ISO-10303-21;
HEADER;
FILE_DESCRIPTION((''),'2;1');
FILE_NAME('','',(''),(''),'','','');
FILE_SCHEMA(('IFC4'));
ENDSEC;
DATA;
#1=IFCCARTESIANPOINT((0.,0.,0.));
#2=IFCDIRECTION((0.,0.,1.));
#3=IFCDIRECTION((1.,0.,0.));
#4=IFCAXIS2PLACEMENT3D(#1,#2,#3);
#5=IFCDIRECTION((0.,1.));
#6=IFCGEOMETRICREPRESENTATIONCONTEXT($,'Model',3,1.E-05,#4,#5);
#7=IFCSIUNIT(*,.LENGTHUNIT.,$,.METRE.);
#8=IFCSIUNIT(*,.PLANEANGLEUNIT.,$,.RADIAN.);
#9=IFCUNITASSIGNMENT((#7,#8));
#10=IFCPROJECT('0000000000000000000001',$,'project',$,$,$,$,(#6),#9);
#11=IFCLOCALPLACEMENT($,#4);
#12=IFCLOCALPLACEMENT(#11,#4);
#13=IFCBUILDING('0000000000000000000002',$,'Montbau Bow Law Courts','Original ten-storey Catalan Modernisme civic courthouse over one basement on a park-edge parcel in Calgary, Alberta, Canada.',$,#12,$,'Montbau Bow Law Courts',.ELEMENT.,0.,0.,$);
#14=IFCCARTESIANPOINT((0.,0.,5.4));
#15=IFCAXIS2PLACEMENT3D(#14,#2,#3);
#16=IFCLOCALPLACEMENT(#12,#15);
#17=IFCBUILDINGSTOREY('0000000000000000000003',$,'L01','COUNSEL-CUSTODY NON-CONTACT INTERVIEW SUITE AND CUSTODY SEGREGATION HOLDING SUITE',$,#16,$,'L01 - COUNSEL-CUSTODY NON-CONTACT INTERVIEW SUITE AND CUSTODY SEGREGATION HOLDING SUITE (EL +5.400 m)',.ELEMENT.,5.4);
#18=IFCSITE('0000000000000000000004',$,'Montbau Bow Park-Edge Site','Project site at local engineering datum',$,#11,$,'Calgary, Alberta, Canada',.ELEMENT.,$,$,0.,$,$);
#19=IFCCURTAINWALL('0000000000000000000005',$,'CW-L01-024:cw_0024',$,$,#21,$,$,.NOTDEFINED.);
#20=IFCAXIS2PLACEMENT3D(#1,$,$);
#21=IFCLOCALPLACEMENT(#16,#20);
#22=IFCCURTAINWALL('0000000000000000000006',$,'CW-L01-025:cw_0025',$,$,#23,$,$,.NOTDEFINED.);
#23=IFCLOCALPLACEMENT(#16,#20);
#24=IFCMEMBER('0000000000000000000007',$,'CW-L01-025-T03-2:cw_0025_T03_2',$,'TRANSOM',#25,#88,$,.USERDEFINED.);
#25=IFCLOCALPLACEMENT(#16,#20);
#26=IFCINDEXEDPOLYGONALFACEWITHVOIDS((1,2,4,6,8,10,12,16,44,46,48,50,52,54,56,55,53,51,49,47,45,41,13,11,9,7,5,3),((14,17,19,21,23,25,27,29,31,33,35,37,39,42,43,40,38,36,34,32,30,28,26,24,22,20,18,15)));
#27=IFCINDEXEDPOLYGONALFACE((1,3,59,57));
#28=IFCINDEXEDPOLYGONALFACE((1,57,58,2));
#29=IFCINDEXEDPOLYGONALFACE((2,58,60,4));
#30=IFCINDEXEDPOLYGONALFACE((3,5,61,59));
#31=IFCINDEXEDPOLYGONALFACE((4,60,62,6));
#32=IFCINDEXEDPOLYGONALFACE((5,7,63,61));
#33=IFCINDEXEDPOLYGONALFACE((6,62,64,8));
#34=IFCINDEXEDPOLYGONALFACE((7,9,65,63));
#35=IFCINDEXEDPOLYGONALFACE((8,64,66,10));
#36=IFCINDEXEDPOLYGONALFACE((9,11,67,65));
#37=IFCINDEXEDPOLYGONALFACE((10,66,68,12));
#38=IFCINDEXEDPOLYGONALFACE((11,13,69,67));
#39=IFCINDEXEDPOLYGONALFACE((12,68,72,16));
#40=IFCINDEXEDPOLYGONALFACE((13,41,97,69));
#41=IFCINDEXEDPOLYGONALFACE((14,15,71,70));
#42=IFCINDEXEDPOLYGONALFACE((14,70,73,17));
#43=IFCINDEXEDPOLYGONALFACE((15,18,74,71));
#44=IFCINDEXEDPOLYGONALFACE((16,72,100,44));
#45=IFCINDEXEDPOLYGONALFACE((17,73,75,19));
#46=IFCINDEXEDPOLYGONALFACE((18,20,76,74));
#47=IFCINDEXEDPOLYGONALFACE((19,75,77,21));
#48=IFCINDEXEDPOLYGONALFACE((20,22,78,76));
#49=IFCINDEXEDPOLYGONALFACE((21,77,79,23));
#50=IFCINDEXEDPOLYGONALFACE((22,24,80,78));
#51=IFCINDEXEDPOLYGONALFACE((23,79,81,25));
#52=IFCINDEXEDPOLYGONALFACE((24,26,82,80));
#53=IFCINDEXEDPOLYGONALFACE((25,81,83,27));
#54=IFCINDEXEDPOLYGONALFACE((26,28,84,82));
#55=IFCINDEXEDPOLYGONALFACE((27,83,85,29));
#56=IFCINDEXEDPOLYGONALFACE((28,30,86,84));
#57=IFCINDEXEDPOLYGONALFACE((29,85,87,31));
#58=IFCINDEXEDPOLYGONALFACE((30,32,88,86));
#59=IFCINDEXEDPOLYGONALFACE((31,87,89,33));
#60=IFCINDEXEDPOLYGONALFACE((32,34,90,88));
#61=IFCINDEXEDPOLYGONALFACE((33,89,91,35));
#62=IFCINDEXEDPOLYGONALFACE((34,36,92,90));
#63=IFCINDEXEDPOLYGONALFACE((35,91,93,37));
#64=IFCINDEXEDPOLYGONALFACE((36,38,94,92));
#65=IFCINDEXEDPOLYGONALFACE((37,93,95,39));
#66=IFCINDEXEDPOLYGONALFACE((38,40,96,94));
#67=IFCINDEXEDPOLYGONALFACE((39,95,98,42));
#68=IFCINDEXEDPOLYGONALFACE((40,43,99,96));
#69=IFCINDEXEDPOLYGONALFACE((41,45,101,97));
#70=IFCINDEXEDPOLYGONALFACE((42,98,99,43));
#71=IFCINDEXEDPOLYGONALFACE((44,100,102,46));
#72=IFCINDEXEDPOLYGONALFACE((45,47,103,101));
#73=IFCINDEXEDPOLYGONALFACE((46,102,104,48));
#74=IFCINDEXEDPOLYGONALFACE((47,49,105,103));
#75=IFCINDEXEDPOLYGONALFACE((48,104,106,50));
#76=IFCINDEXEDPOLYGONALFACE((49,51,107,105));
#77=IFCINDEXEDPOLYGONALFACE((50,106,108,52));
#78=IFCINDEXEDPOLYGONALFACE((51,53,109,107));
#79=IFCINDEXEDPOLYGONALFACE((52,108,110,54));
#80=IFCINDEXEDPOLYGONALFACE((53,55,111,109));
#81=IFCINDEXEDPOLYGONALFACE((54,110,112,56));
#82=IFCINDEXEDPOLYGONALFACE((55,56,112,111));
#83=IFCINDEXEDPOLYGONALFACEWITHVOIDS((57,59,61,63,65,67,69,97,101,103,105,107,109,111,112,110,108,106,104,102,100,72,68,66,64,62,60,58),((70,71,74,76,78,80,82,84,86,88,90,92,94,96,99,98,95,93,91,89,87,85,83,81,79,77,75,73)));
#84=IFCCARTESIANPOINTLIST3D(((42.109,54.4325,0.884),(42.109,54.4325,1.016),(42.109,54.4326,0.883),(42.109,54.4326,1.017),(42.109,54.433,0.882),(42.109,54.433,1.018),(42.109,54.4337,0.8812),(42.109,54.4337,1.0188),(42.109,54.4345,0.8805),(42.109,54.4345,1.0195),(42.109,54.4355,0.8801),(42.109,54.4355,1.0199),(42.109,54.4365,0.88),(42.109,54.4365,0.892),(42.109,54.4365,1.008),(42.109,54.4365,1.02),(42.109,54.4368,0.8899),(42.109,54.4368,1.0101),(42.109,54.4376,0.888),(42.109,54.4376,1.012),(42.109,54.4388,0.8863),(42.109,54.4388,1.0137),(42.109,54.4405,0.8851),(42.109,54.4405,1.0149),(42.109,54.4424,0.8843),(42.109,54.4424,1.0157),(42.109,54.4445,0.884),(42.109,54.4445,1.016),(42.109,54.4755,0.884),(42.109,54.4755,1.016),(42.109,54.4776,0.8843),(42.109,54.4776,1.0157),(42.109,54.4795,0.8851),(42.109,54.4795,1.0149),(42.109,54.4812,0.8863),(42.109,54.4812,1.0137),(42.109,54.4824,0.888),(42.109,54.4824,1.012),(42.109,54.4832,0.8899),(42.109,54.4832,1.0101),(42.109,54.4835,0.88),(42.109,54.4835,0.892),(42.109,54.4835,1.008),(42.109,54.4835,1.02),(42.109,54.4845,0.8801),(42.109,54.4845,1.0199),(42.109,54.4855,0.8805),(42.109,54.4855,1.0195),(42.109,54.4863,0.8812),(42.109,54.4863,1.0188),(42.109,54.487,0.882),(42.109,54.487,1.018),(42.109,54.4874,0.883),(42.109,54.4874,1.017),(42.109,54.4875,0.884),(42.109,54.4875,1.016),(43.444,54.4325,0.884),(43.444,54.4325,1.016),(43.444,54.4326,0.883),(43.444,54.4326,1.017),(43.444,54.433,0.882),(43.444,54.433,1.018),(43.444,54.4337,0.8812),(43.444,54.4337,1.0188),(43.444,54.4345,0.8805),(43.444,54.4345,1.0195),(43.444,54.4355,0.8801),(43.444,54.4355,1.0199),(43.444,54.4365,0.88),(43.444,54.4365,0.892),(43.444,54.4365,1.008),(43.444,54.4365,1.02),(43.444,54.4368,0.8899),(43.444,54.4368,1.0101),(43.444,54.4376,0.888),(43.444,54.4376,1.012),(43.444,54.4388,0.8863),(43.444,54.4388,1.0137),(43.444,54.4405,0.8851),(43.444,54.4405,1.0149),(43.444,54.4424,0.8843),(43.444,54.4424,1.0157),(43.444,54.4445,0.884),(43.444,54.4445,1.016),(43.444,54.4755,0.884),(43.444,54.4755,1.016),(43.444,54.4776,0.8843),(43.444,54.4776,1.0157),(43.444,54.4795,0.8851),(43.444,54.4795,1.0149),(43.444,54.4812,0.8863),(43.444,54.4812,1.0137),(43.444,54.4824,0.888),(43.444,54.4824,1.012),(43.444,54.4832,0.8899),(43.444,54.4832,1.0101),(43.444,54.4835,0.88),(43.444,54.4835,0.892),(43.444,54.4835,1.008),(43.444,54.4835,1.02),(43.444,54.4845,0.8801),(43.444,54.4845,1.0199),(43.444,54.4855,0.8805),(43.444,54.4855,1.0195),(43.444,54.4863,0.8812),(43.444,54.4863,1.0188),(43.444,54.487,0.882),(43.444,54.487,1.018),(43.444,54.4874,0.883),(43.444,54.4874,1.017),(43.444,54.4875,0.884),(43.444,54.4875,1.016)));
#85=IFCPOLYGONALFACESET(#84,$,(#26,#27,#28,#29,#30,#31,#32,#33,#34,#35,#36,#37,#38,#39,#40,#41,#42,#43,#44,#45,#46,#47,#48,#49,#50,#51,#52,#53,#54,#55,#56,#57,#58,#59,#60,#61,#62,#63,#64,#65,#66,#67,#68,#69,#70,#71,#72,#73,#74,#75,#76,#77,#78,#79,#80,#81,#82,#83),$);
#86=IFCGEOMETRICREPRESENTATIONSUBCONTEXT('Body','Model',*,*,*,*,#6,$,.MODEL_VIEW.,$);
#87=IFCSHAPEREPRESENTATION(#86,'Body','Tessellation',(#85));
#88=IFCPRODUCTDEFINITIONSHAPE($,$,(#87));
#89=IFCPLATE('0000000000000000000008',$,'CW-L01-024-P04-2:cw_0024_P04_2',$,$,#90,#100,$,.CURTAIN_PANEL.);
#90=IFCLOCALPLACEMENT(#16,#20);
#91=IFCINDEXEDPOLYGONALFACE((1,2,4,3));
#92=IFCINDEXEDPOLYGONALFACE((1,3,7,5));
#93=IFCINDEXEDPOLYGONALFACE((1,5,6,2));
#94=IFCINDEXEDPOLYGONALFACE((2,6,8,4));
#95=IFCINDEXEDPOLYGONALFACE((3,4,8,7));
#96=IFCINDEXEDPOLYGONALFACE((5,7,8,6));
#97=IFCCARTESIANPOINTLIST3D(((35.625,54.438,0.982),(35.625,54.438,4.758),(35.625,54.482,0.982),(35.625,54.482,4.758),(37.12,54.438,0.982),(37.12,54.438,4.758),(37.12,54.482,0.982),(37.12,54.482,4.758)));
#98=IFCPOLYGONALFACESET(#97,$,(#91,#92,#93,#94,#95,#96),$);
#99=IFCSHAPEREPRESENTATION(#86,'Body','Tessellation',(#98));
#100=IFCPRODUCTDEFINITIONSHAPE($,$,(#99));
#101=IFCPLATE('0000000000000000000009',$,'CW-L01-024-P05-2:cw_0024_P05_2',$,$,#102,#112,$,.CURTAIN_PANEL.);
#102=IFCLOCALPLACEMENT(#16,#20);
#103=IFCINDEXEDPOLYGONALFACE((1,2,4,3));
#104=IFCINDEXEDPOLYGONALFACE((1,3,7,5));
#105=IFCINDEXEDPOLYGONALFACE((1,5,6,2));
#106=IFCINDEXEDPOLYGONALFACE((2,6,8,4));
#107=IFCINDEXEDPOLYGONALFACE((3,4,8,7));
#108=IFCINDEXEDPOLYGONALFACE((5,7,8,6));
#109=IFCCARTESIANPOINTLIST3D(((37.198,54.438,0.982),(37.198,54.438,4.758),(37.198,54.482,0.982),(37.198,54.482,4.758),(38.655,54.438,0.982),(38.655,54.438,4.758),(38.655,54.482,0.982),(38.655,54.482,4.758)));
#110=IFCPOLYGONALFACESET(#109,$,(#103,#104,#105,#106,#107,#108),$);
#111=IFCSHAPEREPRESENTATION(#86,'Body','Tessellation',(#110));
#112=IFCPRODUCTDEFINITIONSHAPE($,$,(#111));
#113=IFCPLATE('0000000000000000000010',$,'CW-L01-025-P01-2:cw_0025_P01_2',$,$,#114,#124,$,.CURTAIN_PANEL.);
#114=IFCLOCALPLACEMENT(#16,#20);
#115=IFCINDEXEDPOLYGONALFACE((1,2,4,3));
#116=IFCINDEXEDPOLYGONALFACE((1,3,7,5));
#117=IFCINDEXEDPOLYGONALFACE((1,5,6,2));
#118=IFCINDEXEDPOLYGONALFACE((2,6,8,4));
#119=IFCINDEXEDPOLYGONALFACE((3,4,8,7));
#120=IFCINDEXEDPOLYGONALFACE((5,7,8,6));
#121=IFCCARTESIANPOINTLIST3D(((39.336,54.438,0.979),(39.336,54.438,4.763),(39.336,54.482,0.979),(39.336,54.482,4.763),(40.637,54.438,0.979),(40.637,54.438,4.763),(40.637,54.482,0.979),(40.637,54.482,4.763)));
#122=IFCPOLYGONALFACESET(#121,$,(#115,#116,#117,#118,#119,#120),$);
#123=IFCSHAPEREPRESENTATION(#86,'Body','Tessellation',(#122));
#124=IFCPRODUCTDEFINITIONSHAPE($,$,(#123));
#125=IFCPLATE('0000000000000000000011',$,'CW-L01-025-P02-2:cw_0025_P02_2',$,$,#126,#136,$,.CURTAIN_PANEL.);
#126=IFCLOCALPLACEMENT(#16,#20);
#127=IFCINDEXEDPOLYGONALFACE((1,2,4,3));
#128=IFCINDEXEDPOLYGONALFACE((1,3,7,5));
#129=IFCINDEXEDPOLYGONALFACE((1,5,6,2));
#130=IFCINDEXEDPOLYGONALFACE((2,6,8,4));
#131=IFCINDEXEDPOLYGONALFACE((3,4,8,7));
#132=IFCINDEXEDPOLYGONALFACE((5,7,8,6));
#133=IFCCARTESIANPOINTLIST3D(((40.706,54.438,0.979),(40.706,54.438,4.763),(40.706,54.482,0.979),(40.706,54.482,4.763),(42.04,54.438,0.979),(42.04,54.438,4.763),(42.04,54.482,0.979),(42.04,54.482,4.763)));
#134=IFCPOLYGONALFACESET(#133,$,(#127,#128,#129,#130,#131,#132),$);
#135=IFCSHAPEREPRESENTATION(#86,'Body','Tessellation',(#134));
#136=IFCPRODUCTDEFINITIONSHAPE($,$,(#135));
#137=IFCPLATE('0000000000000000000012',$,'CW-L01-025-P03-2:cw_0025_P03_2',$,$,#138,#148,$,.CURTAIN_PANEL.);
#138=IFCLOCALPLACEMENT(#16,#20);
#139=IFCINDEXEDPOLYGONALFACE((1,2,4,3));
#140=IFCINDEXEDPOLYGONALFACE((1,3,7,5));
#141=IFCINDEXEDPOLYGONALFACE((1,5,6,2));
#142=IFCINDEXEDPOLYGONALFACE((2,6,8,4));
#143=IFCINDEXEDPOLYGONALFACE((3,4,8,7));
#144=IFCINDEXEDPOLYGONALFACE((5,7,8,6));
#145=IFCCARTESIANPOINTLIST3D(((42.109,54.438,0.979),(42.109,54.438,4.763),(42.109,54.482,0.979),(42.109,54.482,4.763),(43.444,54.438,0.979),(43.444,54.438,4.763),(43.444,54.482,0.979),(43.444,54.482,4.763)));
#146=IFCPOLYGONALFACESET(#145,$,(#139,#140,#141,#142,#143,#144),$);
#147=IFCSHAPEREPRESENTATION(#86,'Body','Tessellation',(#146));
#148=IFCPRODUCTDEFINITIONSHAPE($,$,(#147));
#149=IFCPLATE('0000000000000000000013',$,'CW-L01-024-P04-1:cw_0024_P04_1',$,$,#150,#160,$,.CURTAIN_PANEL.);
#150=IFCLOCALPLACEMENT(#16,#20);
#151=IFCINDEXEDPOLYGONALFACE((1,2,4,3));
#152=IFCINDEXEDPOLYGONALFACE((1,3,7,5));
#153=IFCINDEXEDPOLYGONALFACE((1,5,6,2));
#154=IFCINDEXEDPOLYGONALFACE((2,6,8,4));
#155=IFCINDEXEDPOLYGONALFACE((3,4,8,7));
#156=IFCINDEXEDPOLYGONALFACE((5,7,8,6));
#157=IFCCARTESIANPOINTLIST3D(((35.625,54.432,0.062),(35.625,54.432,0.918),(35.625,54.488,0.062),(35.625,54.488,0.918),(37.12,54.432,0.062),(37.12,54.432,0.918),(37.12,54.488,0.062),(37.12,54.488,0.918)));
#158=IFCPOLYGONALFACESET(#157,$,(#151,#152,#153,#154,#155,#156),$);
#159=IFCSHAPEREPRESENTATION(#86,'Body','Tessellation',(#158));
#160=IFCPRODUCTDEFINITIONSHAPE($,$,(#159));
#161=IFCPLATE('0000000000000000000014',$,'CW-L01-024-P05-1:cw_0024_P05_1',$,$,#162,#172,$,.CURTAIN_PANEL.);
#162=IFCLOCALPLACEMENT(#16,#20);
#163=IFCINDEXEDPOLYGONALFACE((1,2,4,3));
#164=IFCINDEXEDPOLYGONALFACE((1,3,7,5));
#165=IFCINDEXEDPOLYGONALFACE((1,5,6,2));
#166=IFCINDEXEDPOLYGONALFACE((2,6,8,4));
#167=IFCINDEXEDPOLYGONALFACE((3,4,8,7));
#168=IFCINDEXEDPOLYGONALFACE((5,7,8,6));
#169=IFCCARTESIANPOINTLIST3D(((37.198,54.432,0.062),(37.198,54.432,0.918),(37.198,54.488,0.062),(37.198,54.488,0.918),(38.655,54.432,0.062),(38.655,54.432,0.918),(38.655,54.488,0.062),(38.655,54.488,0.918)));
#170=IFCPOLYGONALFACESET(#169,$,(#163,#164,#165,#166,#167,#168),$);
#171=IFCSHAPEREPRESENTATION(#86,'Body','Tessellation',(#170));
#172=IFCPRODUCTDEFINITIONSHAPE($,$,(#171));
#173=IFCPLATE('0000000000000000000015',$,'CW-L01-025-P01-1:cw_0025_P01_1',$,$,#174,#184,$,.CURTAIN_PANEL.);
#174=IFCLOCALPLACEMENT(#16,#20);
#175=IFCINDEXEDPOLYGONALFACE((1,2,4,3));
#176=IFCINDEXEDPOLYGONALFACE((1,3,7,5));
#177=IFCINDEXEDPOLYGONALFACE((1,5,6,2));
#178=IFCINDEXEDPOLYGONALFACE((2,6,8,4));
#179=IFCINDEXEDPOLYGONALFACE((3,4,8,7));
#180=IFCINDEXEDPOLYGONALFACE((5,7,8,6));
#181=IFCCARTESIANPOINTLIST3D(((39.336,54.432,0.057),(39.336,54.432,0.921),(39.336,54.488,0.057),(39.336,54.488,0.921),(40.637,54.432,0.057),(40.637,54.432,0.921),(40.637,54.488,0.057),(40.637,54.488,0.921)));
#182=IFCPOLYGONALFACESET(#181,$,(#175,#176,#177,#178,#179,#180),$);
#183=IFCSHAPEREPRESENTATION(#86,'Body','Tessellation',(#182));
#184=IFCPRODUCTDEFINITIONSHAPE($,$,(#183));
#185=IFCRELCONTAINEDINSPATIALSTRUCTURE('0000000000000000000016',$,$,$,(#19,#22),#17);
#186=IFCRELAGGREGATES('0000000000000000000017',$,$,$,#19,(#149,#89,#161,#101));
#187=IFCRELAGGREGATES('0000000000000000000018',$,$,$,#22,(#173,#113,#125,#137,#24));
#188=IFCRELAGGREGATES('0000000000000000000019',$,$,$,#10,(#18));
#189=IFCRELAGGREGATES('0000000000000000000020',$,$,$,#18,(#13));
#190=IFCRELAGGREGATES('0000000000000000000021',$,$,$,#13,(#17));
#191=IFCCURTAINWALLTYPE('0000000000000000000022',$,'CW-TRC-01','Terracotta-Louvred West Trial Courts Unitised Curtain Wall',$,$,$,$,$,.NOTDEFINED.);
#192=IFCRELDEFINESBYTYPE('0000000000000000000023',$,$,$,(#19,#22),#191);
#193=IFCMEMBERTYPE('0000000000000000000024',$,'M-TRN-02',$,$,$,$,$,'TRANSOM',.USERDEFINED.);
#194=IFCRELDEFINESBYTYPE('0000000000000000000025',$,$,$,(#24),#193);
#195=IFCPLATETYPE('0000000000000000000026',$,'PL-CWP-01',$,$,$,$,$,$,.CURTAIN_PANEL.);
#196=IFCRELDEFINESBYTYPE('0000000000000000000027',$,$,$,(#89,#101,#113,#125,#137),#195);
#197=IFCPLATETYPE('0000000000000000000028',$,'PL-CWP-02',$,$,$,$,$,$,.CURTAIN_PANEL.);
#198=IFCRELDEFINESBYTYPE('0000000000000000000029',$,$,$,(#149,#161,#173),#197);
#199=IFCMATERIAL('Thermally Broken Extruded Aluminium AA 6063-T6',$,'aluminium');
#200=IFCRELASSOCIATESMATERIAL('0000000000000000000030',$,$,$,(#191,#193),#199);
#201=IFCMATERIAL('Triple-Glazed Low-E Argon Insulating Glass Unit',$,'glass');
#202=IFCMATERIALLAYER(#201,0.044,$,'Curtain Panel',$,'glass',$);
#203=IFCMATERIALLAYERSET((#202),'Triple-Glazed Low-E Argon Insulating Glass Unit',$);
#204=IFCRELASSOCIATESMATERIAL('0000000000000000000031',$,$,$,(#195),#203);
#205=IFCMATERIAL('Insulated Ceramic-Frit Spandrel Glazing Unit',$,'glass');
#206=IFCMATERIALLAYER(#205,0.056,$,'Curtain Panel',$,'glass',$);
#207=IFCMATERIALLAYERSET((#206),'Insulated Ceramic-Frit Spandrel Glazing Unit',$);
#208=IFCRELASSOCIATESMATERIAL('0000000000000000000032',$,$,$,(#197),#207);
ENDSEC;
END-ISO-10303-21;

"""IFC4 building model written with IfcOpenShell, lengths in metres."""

from ifc_helpers import new_model, si_unit, direction, frame, frame_2d, origin_with_axes, origin_2d_with_axis, place, context, subcontext, project, spatial, rectangle, hollow_rectangle, extrude, material, layer, layer_set, material_profile, profile_set, type_object, element, aggregate, save


model = new_model("IFC4")

# Units and contexts
model_context = context("Model", 3, precision=1e-05, world=origin_with_axes(), true_north=direction((0.0, 1.0)))
body_context = subcontext(model_context, "Body", "Model", "MODEL_VIEW")
ifc_project = project(units=[si_unit("LENGTHUNIT", "METRE"), si_unit("PLANEANGLEUNIT", "RADIAN")], contexts=[model_context])

# Site, building, storey
site_placement = place(None, origin_with_axes())
site = spatial("IfcSite", under=ifc_project, at=site_placement, Name="Montbau Bow Park-Edge Site", Description="Project site at local engineering datum", LongName="Calgary, Alberta, Canada", CompositionType="ELEMENT", RefElevation=0.0)
building_placement = place(site_placement, origin_with_axes())
building = spatial("IfcBuilding", under=site, at=building_placement, Name="Montbau Bow Law Courts", Description="Original ten-storey Catalan Modernisme civic courthouse over one basement on a park-edge parcel in Calgary, Alberta, Canada.", LongName="Montbau Bow Law Courts", CompositionType="ELEMENT", ElevationOfRefHeight=0.0, ElevationOfTerrain=0.0)
storey_placement = place(building_placement, frame((0.0, 0.0, 5.4), z_axis=(0.0, 0.0, 1.0), x_axis=(1.0, 0.0, 0.0)))
storey = spatial("IfcBuildingStorey", under=building, at=storey_placement, Name="L01", Description="COUNSEL-CUSTODY NON-CONTACT INTERVIEW SUITE AND CUSTODY SEGREGATION HOLDING SUITE", LongName="L01 - COUNSEL-CUSTODY NON-CONTACT INTERVIEW SUITE AND CUSTODY SEGREGATION HOLDING SUITE (EL +5.400 m)", CompositionType="ELEMENT", Elevation=5.4)

# Curtain walls
ifc_material_1 = material(Name="Thermally Broken Extruded Aluminium AA 6063-T6", Category="aluminium")
curtain_wall_type = type_object("IfcCurtainWallType", Name="CW-TRC-01", Description="Terracotta-Louvred West Trial Courts Unitised Curtain Wall", PredefinedType="NOTDEFINED", material=ifc_material_1)
curtain_wall_1_placement = place(None, frame((30.867, 54.46, 5.4), z_axis=(0.0, 0.0, 1.0), x_axis=(1.0, 0.0, 0.0)))
curtain_wall_1 = element("IfcCurtainWall", 1, at=curtain_wall_1_placement, inside=storey, type_object=curtain_wall_type, Name="CW-L01-024:cw_0024", PredefinedType="NOTDEFINED")
curtain_wall_2_placement = place(None, frame((39.268, 54.46, 5.4), z_axis=(0.0, 0.0, 1.0), x_axis=(1.0, 0.0, 0.0)))
curtain_wall_2 = element("IfcCurtainWall", 2, at=curtain_wall_2_placement, inside=storey, type_object=curtain_wall_type, Name="CW-L01-025:cw_0025", PredefinedType="NOTDEFINED")

# Member
ifc_material_profile_1 = material_profile(ifc_material_1, hollow_rectangle(XDim=0.055, YDim=0.14, WallThickness=0.004, InnerFilletRadius=0.008, OuterFilletRadius=0.004, at=origin_2d_with_axis()), Name="CWT-140X55", Category="Main", Priority=0)
ifc_profile_set_1 = profile_set([ifc_material_profile_1], Name="Thermally Broken Extruded Aluminium AA 6063-T6")
member_type_1 = type_object("IfcMemberType", Name="M-TRN-02", ElementType="TRANSOM", PredefinedType="USERDEFINED", material=ifc_profile_set_1)
member_1_placement = place(None, frame((42.109, 54.46, 6.35), z_axis=(1.0, 0.0, 0.0), x_axis=(0.0, 1.0, 0.0)))
member_1 = element("IfcMember", 3, at=member_1_placement, type_object=member_type_1, Name="CW-L01-025-T03-2:cw_0025_T03_2", ObjectType="TRANSOM", PredefinedType="USERDEFINED", context=body_context, shape_type="SweptSolid", body=[
    extrude(hollow_rectangle(XDim=0.055, YDim=0.14, WallThickness=0.004, InnerFilletRadius=0.008, OuterFilletRadius=0.004, at=origin_2d_with_axis()), origin_with_axes(), (0.0, 0.0, 1.0), 1.335),
])

# Plates
ifc_material_2 = material(Name="Triple-Glazed Low-E Argon Insulating Glass Unit", Category="glass")
ifc_layer_1 = layer(ifc_material_2, 0.044, Name="Curtain Panel", Category="glass")
ifc_layer_set_1 = layer_set([ifc_layer_1], Name="Triple-Glazed Low-E Argon Insulating Glass Unit")
plate_type_1 = type_object("IfcPlateType", Name="PL-CWP-01", PredefinedType="CURTAIN_PANEL", material=ifc_layer_set_1)
plate_1_placement = place(None, frame((35.625, 54.46, 6.382), z_axis=(0.0, -1.0, 0.0), x_axis=(1.0, 0.0, 0.0)))
plate_1 = element("IfcPlate", 4, at=plate_1_placement, type_object=plate_type_1, Name="CW-L01-024-P04-2:cw_0024_P04_2", PredefinedType="CURTAIN_PANEL", context=body_context, shape_type="SweptSolid", body=[
    extrude(rectangle(XDim=1.495, YDim=3.776, at=frame_2d((0.7475, 1.888), x_axis=(1.0, 0.0))), frame((0.0, 0.0, -0.022), z_axis=(0.0, 0.0, 1.0), x_axis=(1.0, 0.0, 0.0)), (0.0, 0.0, 1.0), 0.044),
])
plate_2_placement = place(None, frame((37.198, 54.46, 6.382), z_axis=(0.0, -1.0, 0.0), x_axis=(1.0, 0.0, 0.0)))
plate_2 = element("IfcPlate", 5, at=plate_2_placement, type_object=plate_type_1, Name="CW-L01-024-P05-2:cw_0024_P05_2", PredefinedType="CURTAIN_PANEL", context=body_context, shape_type="SweptSolid", body=[
    extrude(rectangle(XDim=1.457, YDim=3.776, at=frame_2d((0.7285, 1.888), x_axis=(1.0, 0.0))), frame((0.0, 0.0, -0.022), z_axis=(0.0, 0.0, 1.0), x_axis=(1.0, 0.0, 0.0)), (0.0, 0.0, 1.0), 0.044),
])
plate_3_placement = place(None, frame((39.336, 54.46, 6.379), z_axis=(0.0, -1.0, 0.0), x_axis=(1.0, 0.0, 0.0)))
plate_3 = element("IfcPlate", 6, at=plate_3_placement, type_object=plate_type_1, Name="CW-L01-025-P01-2:cw_0025_P01_2", PredefinedType="CURTAIN_PANEL", context=body_context, shape_type="SweptSolid", body=[
    extrude(rectangle(XDim=1.301, YDim=3.784, at=frame_2d((0.6505, 1.892), x_axis=(1.0, 0.0))), frame((0.0, 0.0, -0.022), z_axis=(0.0, 0.0, 1.0), x_axis=(1.0, 0.0, 0.0)), (0.0, 0.0, 1.0), 0.044),
])
plate_4_placement = place(None, frame((40.706, 54.46, 6.379), z_axis=(0.0, -1.0, 0.0), x_axis=(1.0, 0.0, 0.0)))
plate_4 = element("IfcPlate", 7, at=plate_4_placement, type_object=plate_type_1, Name="CW-L01-025-P02-2:cw_0025_P02_2", PredefinedType="CURTAIN_PANEL", context=body_context, shape_type="SweptSolid", body=[
    extrude(rectangle(XDim=1.334, YDim=3.784, at=frame_2d((0.667, 1.892), x_axis=(1.0, 0.0))), frame((0.0, 0.0, -0.022), z_axis=(0.0, 0.0, 1.0), x_axis=(1.0, 0.0, 0.0)), (0.0, 0.0, 1.0), 0.044),
])
plate_5_placement = place(None, frame((42.109, 54.46, 6.379), z_axis=(0.0, -1.0, 0.0), x_axis=(1.0, 0.0, 0.0)))
plate_5 = element("IfcPlate", 8, at=plate_5_placement, type_object=plate_type_1, Name="CW-L01-025-P03-2:cw_0025_P03_2", PredefinedType="CURTAIN_PANEL", context=body_context, shape_type="SweptSolid", body=[
    extrude(rectangle(XDim=1.335, YDim=3.784, at=frame_2d((0.6675, 1.892), x_axis=(1.0, 0.0))), frame((0.0, 0.0, -0.022), z_axis=(0.0, 0.0, 1.0), x_axis=(1.0, 0.0, 0.0)), (0.0, 0.0, 1.0), 0.044),
])
ifc_material_3 = material(Name="Insulated Ceramic-Frit Spandrel Glazing Unit", Category="glass")
ifc_layer_2 = layer(ifc_material_3, 0.056, Name="Curtain Panel", Category="glass")
ifc_layer_set_2 = layer_set([ifc_layer_2], Name="Insulated Ceramic-Frit Spandrel Glazing Unit")
plate_type_2 = type_object("IfcPlateType", Name="PL-CWP-02", PredefinedType="CURTAIN_PANEL", material=ifc_layer_set_2)
plate_6_placement = place(None, frame((35.625, 54.46, 5.462), z_axis=(0.0, -1.0, 0.0), x_axis=(1.0, 0.0, 0.0)))
plate_6 = element("IfcPlate", 9, at=plate_6_placement, type_object=plate_type_2, Name="CW-L01-024-P04-1:cw_0024_P04_1", PredefinedType="CURTAIN_PANEL", context=body_context, shape_type="SweptSolid", body=[
    extrude(rectangle(XDim=1.495, YDim=0.856, at=frame_2d((0.7475, 0.428), x_axis=(1.0, 0.0))), frame((0.0, 0.0, -0.028), z_axis=(0.0, 0.0, 1.0), x_axis=(1.0, 0.0, 0.0)), (0.0, 0.0, 1.0), 0.056),
])
plate_7_placement = place(None, frame((37.198, 54.46, 5.462), z_axis=(0.0, -1.0, 0.0), x_axis=(1.0, 0.0, 0.0)))
plate_7 = element("IfcPlate", 10, at=plate_7_placement, type_object=plate_type_2, Name="CW-L01-024-P05-1:cw_0024_P05_1", PredefinedType="CURTAIN_PANEL", context=body_context, shape_type="SweptSolid", body=[
    extrude(rectangle(XDim=1.457, YDim=0.856, at=frame_2d((0.7285, 0.428), x_axis=(1.0, 0.0))), frame((0.0, 0.0, -0.028), z_axis=(0.0, 0.0, 1.0), x_axis=(1.0, 0.0, 0.0)), (0.0, 0.0, 1.0), 0.056),
])
aggregate(curtain_wall_1, [plate_6, plate_1, plate_7, plate_2])
plate_8_placement = place(None, frame((39.336, 54.46, 5.457), z_axis=(0.0, -1.0, 0.0), x_axis=(1.0, 0.0, 0.0)))
plate_8 = element("IfcPlate", 11, at=plate_8_placement, type_object=plate_type_2, Name="CW-L01-025-P01-1:cw_0025_P01_1", PredefinedType="CURTAIN_PANEL", context=body_context, shape_type="SweptSolid", body=[
    extrude(rectangle(XDim=1.301, YDim=0.864, at=frame_2d((0.6505, 0.432), x_axis=(1.0, 0.0))), frame((0.0, 0.0, -0.028), z_axis=(0.0, 0.0, 1.0), x_axis=(1.0, 0.0, 0.0)), (0.0, 0.0, 1.0), 0.056),
])
aggregate(curtain_wall_2, [plate_8, plate_3, plate_4, plate_5, member_1])

save(model, "model.ifc")
